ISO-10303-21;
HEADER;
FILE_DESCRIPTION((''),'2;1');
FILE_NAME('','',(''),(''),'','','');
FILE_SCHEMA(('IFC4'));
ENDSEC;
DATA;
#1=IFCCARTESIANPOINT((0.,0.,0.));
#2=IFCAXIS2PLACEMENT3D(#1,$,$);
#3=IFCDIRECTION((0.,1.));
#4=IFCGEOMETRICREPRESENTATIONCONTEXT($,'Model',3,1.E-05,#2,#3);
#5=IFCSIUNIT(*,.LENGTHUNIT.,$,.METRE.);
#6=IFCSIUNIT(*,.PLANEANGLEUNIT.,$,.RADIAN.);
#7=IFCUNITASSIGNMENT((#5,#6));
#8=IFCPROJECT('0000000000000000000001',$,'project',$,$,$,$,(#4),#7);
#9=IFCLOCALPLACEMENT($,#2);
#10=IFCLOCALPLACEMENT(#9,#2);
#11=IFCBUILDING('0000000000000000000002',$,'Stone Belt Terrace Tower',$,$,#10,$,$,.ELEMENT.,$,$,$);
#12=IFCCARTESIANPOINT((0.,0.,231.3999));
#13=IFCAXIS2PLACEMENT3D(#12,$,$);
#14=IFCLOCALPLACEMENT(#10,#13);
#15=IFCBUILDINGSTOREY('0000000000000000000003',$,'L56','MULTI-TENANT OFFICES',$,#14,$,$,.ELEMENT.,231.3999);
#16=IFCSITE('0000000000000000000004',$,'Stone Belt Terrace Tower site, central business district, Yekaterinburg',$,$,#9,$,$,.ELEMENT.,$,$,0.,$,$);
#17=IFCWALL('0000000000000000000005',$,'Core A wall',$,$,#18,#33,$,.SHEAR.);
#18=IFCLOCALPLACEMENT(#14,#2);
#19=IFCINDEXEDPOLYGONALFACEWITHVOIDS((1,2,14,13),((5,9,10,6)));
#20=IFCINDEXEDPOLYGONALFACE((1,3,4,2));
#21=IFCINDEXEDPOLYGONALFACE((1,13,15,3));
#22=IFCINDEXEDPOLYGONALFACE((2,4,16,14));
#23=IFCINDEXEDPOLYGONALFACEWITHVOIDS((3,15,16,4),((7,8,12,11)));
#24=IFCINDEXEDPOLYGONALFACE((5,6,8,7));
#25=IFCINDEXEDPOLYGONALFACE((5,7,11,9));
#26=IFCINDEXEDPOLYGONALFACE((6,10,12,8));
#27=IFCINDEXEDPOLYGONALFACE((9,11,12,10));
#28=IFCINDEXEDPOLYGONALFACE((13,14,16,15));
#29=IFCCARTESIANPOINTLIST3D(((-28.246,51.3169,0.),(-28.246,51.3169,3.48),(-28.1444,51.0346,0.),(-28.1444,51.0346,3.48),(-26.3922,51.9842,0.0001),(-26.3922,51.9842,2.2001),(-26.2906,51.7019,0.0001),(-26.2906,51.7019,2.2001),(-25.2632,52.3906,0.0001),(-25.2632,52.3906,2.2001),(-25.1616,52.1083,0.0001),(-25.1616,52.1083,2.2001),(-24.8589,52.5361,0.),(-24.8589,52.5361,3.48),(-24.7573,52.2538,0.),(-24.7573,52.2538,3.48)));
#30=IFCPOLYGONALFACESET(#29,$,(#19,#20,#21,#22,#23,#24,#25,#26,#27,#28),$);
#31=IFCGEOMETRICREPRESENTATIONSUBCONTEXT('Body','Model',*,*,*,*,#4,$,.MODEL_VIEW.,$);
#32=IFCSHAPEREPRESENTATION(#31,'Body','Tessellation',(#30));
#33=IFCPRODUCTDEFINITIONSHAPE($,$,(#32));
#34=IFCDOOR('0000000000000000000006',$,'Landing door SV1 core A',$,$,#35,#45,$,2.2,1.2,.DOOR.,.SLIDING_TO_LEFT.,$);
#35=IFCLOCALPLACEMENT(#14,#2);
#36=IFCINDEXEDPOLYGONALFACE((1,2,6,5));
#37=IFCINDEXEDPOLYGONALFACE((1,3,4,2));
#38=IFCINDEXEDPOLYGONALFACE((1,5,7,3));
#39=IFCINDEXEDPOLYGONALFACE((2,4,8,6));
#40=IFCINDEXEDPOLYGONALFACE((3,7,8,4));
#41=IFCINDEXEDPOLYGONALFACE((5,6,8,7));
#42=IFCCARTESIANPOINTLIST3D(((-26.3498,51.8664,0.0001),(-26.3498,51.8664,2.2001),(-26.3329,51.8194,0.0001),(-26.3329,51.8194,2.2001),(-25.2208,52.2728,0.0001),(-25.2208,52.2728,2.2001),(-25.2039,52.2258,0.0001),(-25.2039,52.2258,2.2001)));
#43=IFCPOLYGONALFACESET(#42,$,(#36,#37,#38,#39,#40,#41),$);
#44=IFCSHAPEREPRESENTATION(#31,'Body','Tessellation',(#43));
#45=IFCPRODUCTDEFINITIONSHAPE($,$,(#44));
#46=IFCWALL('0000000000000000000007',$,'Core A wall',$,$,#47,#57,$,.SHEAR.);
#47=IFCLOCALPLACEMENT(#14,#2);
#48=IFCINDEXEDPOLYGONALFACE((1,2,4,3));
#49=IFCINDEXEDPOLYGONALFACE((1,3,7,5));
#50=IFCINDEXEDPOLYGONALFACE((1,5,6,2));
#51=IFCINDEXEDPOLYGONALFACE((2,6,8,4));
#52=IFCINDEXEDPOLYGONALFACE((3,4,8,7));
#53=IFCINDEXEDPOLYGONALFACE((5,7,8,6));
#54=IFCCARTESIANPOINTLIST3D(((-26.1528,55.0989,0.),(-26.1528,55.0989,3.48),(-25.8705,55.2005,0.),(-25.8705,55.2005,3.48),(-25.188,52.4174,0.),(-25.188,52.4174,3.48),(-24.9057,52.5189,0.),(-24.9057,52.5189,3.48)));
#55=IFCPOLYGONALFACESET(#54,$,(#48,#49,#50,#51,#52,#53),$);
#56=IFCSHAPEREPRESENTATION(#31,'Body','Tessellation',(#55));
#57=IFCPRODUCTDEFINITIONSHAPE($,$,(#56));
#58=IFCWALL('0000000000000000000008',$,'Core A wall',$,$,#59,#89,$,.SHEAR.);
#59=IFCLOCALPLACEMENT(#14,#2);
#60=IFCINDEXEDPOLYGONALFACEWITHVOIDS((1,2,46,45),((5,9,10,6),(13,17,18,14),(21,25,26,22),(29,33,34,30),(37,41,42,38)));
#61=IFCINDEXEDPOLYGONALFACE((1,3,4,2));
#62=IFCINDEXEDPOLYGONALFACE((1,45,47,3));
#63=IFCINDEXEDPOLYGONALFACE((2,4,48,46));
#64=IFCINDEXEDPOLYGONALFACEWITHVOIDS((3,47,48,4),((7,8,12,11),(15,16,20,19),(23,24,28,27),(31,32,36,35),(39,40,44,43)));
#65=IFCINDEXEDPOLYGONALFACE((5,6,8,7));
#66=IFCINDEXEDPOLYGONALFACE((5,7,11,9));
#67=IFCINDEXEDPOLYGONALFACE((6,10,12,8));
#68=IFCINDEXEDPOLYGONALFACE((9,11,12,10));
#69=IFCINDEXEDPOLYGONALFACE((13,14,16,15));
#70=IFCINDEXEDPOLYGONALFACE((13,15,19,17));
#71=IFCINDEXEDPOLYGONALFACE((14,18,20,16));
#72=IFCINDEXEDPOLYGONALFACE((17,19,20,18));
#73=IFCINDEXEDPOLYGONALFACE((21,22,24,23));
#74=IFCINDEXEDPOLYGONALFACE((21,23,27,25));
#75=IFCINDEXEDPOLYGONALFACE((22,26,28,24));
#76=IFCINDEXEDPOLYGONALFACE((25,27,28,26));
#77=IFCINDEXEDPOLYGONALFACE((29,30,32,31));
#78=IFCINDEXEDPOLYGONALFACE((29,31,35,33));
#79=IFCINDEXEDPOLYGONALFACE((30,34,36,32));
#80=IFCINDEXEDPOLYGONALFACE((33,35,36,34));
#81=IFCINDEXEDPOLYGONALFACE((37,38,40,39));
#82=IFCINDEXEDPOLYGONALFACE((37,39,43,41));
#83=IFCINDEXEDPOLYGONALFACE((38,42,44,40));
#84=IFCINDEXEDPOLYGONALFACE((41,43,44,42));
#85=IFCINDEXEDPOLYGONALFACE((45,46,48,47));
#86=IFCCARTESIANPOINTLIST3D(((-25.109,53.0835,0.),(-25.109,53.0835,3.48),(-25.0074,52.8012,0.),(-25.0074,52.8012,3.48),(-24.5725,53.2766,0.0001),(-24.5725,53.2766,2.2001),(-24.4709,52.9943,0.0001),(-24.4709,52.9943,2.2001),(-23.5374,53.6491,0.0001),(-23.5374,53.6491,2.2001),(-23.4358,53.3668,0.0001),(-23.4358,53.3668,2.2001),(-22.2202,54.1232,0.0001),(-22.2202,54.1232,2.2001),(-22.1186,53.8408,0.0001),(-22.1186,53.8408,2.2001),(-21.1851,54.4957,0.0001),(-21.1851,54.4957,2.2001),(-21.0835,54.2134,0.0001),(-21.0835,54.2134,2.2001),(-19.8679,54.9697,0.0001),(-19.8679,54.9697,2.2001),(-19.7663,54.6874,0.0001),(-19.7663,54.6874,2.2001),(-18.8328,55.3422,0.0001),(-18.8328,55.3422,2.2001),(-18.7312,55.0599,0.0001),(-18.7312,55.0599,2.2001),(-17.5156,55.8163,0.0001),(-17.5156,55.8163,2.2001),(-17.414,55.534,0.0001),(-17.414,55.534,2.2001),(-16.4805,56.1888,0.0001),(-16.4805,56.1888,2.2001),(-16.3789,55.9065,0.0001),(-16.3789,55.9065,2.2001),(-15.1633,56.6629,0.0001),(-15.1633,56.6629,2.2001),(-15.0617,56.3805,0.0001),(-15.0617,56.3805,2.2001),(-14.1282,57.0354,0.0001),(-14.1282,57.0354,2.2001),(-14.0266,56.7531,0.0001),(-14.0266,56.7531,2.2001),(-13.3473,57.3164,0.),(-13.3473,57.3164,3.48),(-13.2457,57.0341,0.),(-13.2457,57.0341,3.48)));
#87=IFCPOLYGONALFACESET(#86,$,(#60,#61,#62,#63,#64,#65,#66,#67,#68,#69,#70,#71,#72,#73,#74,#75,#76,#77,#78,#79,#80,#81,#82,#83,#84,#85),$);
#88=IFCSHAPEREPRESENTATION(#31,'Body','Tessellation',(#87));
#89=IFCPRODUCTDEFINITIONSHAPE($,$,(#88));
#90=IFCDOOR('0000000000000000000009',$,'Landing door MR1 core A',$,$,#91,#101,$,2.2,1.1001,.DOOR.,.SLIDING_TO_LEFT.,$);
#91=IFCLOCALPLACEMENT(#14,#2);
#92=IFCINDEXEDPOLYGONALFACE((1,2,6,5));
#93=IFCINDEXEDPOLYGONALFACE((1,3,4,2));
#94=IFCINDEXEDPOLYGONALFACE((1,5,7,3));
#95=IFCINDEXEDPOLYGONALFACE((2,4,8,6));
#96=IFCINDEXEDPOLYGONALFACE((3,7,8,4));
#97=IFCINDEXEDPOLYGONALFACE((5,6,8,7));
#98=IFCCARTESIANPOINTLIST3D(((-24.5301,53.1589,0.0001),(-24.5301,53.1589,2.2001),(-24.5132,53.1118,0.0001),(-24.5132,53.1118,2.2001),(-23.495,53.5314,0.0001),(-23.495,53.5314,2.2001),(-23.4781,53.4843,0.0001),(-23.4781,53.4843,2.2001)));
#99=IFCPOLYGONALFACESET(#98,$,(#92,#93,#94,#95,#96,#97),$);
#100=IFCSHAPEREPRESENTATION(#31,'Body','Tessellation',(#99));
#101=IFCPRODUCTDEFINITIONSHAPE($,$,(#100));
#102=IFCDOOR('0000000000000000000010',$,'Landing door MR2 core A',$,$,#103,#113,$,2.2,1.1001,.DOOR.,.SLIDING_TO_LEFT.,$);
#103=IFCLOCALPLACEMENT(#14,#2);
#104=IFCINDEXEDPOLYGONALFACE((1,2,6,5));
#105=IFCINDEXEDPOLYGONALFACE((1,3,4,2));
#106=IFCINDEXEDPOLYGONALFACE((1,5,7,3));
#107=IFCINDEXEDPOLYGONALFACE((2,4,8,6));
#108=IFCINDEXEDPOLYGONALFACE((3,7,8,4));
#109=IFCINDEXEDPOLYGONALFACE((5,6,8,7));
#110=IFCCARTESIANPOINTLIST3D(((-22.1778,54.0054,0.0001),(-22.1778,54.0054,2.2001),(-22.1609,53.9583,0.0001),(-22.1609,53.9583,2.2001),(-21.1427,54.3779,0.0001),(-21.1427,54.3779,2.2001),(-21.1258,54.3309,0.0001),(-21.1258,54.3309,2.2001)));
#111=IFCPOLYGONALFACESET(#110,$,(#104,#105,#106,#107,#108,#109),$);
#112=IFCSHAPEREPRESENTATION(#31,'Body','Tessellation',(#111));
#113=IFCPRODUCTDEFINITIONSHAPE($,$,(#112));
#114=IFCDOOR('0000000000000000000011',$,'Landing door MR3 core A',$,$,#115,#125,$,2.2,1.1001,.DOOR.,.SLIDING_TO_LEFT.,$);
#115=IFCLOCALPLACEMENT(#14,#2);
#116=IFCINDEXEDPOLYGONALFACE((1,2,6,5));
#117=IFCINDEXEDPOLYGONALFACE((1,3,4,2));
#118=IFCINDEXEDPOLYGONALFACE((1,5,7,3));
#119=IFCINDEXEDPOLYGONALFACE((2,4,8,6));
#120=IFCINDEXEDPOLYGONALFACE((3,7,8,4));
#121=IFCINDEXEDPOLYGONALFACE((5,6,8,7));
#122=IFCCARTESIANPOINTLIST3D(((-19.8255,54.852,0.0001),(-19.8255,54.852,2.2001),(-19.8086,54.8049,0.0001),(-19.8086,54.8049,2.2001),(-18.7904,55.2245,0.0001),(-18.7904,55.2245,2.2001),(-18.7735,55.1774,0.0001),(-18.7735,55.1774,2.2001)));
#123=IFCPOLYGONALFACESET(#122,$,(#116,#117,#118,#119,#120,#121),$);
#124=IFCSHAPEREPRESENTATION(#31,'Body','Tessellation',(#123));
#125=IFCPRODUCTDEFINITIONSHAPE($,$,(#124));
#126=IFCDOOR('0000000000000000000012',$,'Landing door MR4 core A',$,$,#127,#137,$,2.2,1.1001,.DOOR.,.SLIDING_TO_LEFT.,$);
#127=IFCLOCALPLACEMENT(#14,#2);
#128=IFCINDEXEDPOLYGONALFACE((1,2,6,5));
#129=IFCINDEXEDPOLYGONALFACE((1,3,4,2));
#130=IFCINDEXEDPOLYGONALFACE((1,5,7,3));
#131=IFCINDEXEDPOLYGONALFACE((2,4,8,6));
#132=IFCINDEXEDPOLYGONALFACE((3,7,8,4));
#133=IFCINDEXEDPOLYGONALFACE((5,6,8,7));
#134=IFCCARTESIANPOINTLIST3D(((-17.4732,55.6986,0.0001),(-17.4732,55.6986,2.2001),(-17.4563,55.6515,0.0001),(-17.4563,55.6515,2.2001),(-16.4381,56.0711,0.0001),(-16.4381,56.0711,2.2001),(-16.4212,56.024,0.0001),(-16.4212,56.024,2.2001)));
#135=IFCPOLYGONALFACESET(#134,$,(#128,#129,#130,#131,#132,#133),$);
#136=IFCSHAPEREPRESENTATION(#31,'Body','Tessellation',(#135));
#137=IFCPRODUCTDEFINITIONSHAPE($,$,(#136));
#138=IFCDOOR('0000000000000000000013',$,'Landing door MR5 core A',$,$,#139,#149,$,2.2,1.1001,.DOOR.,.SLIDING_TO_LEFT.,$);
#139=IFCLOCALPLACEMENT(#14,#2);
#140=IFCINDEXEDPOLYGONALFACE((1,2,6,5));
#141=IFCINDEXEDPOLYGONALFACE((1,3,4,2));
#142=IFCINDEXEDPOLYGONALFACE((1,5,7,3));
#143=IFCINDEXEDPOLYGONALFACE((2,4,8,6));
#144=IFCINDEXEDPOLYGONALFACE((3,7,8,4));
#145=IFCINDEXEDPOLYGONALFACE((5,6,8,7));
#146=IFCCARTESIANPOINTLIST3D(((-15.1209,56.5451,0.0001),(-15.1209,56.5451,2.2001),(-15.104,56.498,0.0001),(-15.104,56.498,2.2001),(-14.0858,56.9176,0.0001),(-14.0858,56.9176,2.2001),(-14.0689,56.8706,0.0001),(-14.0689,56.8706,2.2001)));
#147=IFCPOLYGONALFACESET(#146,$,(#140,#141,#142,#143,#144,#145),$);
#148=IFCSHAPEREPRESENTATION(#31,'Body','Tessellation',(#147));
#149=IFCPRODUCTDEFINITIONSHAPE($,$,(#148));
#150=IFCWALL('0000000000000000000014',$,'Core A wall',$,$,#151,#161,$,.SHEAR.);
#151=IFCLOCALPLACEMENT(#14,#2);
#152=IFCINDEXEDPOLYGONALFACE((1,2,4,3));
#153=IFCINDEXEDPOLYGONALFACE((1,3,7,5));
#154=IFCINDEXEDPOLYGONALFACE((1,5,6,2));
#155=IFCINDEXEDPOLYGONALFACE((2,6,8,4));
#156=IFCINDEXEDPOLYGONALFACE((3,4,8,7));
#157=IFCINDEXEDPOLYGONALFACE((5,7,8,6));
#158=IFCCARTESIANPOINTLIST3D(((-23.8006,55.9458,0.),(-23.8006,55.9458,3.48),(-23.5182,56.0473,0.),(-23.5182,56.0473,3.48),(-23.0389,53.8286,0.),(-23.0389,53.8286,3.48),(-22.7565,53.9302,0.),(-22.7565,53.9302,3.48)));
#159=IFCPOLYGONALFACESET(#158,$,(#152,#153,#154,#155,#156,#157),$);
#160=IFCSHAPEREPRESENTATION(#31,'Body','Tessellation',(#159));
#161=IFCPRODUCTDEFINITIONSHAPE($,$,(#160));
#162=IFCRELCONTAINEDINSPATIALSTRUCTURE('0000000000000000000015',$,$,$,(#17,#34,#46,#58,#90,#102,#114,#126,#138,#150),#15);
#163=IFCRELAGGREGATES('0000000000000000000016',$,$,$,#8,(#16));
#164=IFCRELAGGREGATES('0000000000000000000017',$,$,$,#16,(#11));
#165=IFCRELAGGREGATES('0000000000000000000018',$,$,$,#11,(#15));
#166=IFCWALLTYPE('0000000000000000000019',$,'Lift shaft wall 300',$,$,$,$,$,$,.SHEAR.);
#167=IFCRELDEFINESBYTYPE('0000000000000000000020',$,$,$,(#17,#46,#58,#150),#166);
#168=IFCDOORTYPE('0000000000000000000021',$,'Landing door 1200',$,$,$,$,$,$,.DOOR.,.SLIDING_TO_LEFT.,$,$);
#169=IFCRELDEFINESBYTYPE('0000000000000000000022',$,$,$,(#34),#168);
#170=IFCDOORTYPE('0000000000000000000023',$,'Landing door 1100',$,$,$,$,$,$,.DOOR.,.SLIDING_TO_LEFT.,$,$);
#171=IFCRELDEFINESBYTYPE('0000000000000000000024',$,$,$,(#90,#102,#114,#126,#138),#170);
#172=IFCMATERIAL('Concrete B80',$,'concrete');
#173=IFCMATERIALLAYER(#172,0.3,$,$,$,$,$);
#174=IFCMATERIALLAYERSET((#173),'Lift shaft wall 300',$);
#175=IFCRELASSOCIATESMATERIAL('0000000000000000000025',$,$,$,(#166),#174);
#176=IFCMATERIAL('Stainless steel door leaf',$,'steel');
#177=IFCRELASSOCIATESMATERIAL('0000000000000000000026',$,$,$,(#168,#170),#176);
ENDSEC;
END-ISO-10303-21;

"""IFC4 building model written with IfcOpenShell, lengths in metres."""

from ifc_helpers import new_model, si_unit, direction, frame, frame_2d, origin, place, context, subcontext, project, spatial, rectangle, extrude, material, layer, layer_set, type_object, element, fill, save


model = new_model("IFC4")

# Units and contexts
model_context = context("Model", 3, precision=1e-05, world=origin(), true_north=direction((0.0, 1.0)))
body_context = subcontext(model_context, "Body", "Model", "MODEL_VIEW")
ifc_project = project(units=[si_unit("LENGTHUNIT", "METRE"), si_unit("PLANEANGLEUNIT", "RADIAN")], contexts=[model_context])

# Site, building, storey
site_placement = place(None, origin())
site = spatial("IfcSite", under=ifc_project, at=site_placement, Name="Stone Belt Terrace Tower site, central business district, Yekaterinburg", CompositionType="ELEMENT", RefElevation=0.0)
building_placement = place(site_placement, origin())
building = spatial("IfcBuilding", under=site, at=building_placement, Name="Stone Belt Terrace Tower", CompositionType="ELEMENT")
storey_placement = place(building_placement, frame((0.0, 0.0, 231.3999)))
storey = spatial("IfcBuildingStorey", under=building, at=storey_placement, Name="L56", Description="MULTI-TENANT OFFICES", CompositionType="ELEMENT", Elevation=231.3999)

# Shared definitions
ifc_material_1 = material(Name="Concrete B80", Category="concrete")

# Wall, opening, door
ifc_layer_1 = layer(ifc_material_1, 0.3)
ifc_layer_set_1 = layer_set([ifc_layer_1], Name="Lift shaft wall 300")
wall_type_1 = type_object("IfcWallType", Name="Lift shaft wall 300", PredefinedType="SHEAR", material=ifc_layer_set_1)
wall_1_placement = place(storey_placement, frame((-28.1951, 51.1758, 0.0), z_axis=(0.0, 0.0, 1.0), x_axis=(0.940901, 0.338681, 0.0)))
wall_1 = element("IfcWall", 1, at=wall_1_placement, inside=storey, type_object=wall_type_1, Name="Core A wall", PredefinedType="SHEAR", context=body_context, shape_type="SweptSolid", body=[
    extrude(rectangle(XDim=3.5999, YDim=0.3, at=frame_2d((1.7998, 0.0))), origin(), (0.0, 0.0, 1.0), 3.48),
])
opening_1_placement = place(wall_1_placement, frame((1.97, 0.0, 0.0)))
opening_1 = element("IfcOpeningElement", 2, at=opening_1_placement, cuts=wall_1, PredefinedType="OPENING", context=body_context, shape_type="SweptSolid", body=[
    extrude(rectangle(XDim=1.2, YDim=2.2, at=frame_2d((0.6001, 1.1001))), frame((0.0, 0.1599, 0.0), z_axis=(0.0, -1.0, 0.0), x_axis=(1.0, 0.0, 0.0)), (0.0, 0.0, 1.0), 0.3201),
])
ifc_material_2 = material(Name="Stainless steel door leaf", Category="steel")
door_type_1 = type_object("IfcDoorType", Name="Landing door 1200", OperationType="SLIDING_TO_LEFT", PredefinedType="DOOR", material=ifc_material_2)
door_1_placement = place(opening_1_placement, origin())
door_1 = element("IfcDoor", 3, at=door_1_placement, inside=storey, type_object=door_type_1, Name="Landing door SV1 core A", OperationType="SLIDING_TO_LEFT", OverallHeight=2.2, OverallWidth=1.2, PredefinedType="DOOR", context=body_context, shape_type="SweptSolid", body=[
    extrude(rectangle(XDim=1.2, YDim=2.2, at=frame_2d((0.6001, 1.1001))), frame((0.0, 0.0249, 0.0), z_axis=(0.0, -1.0, 0.0), x_axis=(1.0, 0.0, 0.0)), (0.0, 0.0, 1.0), 0.05),
])
fill(opening_1, door_1)

# Wall
wall_2_placement = place(storey_placement, frame((-25.0469, 52.4683, 0.0), z_axis=(0.0, 0.0, 1.0), x_axis=(-0.33855, 0.940949, 0.0)))
element("IfcWall", 4, at=wall_2_placement, inside=storey, type_object=wall_type_1, Name="Core A wall", PredefinedType="SHEAR", context=body_context, shape_type="SweptSolid", body=[
    extrude(rectangle(XDim=2.8499, YDim=0.3, at=frame_2d((1.4248, 0.0))), origin(), (0.0, 0.0, 1.0), 3.48),
])

# Wall, openings, doors
wall_3_placement = place(storey_placement, frame((-25.0581, 52.9424, 0.0), z_axis=(0.0, 0.0, 1.0), x_axis=(0.940921, 0.338627, 0.0)))
wall_3 = element("IfcWall", 5, at=wall_3_placement, inside=storey, type_object=wall_type_1, Name="Core A wall", PredefinedType="SHEAR", context=body_context, shape_type="SweptSolid", body=[
    extrude(rectangle(XDim=12.5002, YDim=0.3, at=frame_2d((6.25, 0.0))), origin(), (0.0, 0.0, 1.0), 3.48),
])
opening_2_placement = place(wall_3_placement, frame((0.5701, 0.0, 0.0)))
opening_2 = element("IfcOpeningElement", 6, at=opening_2_placement, cuts=wall_3, PredefinedType="OPENING", context=body_context, shape_type="SweptSolid", body=[
    extrude(rectangle(XDim=1.1001, YDim=2.2, at=frame_2d((0.55, 1.1001))), frame((0.0, 0.1599, 0.0), z_axis=(0.0, -1.0, 0.0), x_axis=(1.0, 0.0, 0.0)), (0.0, 0.0, 1.0), 0.3201),
])
opening_3_placement = place(wall_3_placement, frame((3.0701, 0.0, 0.0)))
opening_3 = element("IfcOpeningElement", 7, at=opening_3_placement, cuts=wall_3, PredefinedType="OPENING", context=body_context, shape_type="SweptSolid", body=[
    extrude(rectangle(XDim=1.1001, YDim=2.2, at=frame_2d((0.55, 1.1001))), frame((0.0, 0.1599, 0.0), z_axis=(0.0, -1.0, 0.0), x_axis=(1.0, 0.0, 0.0)), (0.0, 0.0, 1.0), 0.3201),
])
opening_4_placement = place(wall_3_placement, frame((5.5701, 0.0, 0.0)))
opening_4 = element("IfcOpeningElement", 8, at=opening_4_placement, cuts=wall_3, PredefinedType="OPENING", context=body_context, shape_type="SweptSolid", body=[
    extrude(rectangle(XDim=1.1001, YDim=2.2, at=frame_2d((0.55, 1.1001))), frame((0.0, 0.1599, 0.0), z_axis=(0.0, -1.0, 0.0), x_axis=(1.0, 0.0, 0.0)), (0.0, 0.0, 1.0), 0.3201),
])
opening_5_placement = place(wall_3_placement, frame((8.0701, 0.0, 0.0)))
opening_5 = element("IfcOpeningElement", 9, at=opening_5_placement, cuts=wall_3, PredefinedType="OPENING", context=body_context, shape_type="SweptSolid", body=[
    extrude(rectangle(XDim=1.1001, YDim=2.2, at=frame_2d((0.55, 1.1001))), frame((0.0, 0.1599, 0.0), z_axis=(0.0, -1.0, 0.0), x_axis=(1.0, 0.0, 0.0)), (0.0, 0.0, 1.0), 0.3201),
])
opening_6_placement = place(wall_3_placement, frame((10.5701, 0.0, 0.0)))
opening_6 = element("IfcOpeningElement", 10, at=opening_6_placement, cuts=wall_3, PredefinedType="OPENING", context=body_context, shape_type="SweptSolid", body=[
    extrude(rectangle(XDim=1.1001, YDim=2.2, at=frame_2d((0.55, 1.1001))), frame((0.0, 0.1599, 0.0), z_axis=(0.0, -1.0, 0.0), x_axis=(1.0, 0.0, 0.0)), (0.0, 0.0, 1.0), 0.3201),
])
door_type_2 = type_object("IfcDoorType", Name="Landing door 1100", OperationType="SLIDING_TO_LEFT", PredefinedType="DOOR", material=ifc_material_2)
door_2_placement = place(opening_2_placement, origin())
door_2 = element("IfcDoor", 11, at=door_2_placement, inside=storey, type_object=door_type_2, Name="Landing door MR1 core A", OperationType="SLIDING_TO_LEFT", OverallHeight=2.2, OverallWidth=1.1001, PredefinedType="DOOR", context=body_context, shape_type="SweptSolid", body=[
    extrude(rectangle(XDim=1.1001, YDim=2.2, at=frame_2d((0.55, 1.1001))), frame((0.0, 0.0249, 0.0), z_axis=(0.0, -1.0, 0.0), x_axis=(1.0, 0.0, 0.0)), (0.0, 0.0, 1.0), 0.05),
])
fill(opening_2, door_2)
door_3_placement = place(opening_3_placement, origin())
door_3 = element("IfcDoor", 12, at=door_3_placement, inside=storey, type_object=door_type_2, Name="Landing door MR2 core A", OperationType="SLIDING_TO_LEFT", OverallHeight=2.2, OverallWidth=1.1001, PredefinedType="DOOR", context=body_context, shape_type="SweptSolid", body=[
    extrude(rectangle(XDim=1.1001, YDim=2.2, at=frame_2d((0.55, 1.1001))), frame((0.0, 0.0249, 0.0), z_axis=(0.0, -1.0, 0.0), x_axis=(1.0, 0.0, 0.0)), (0.0, 0.0, 1.0), 0.05),
])
fill(opening_3, door_3)
door_4_placement = place(opening_4_placement, origin())
door_4 = element("IfcDoor", 13, at=door_4_placement, inside=storey, type_object=door_type_2, Name="Landing door MR3 core A", OperationType="SLIDING_TO_LEFT", OverallHeight=2.2, OverallWidth=1.1001, PredefinedType="DOOR", context=body_context, shape_type="SweptSolid", body=[
    extrude(rectangle(XDim=1.1001, YDim=2.2, at=frame_2d((0.55, 1.1001))), frame((0.0, 0.0249, 0.0), z_axis=(0.0, -1.0, 0.0), x_axis=(1.0, 0.0, 0.0)), (0.0, 0.0, 1.0), 0.05),
])
fill(opening_4, door_4)
door_5_placement = place(opening_5_placement, origin())
door_5 = element("IfcDoor", 14, at=door_5_placement, inside=storey, type_object=door_type_2, Name="Landing door MR4 core A", OperationType="SLIDING_TO_LEFT", OverallHeight=2.2, OverallWidth=1.1001, PredefinedType="DOOR", context=body_context, shape_type="SweptSolid", body=[
    extrude(rectangle(XDim=1.1001, YDim=2.2, at=frame_2d((0.55, 1.1001))), frame((0.0, 0.0249, 0.0), z_axis=(0.0, -1.0, 0.0), x_axis=(1.0, 0.0, 0.0)), (0.0, 0.0, 1.0), 0.05),
])
fill(opening_5, door_5)
door_6_placement = place(opening_6_placement, origin())
door_6 = element("IfcDoor", 15, at=door_6_placement, inside=storey, type_object=door_type_2, Name="Landing door MR5 core A", OperationType="SLIDING_TO_LEFT", OverallHeight=2.2, OverallWidth=1.1001, PredefinedType="DOOR", context=body_context, shape_type="SweptSolid", body=[
    extrude(rectangle(XDim=1.1001, YDim=2.2, at=frame_2d((0.55, 1.1001))), frame((0.0, 0.0249, 0.0), z_axis=(0.0, -1.0, 0.0), x_axis=(1.0, 0.0, 0.0)), (0.0, 0.0, 1.0), 0.05),
])
fill(opening_6, door_6)

# Wall
wall_4_placement = place(storey_placement, frame((-22.8977, 53.8794, 0.0), z_axis=(0.0, 0.0, 1.0), x_axis=(-0.338535, 0.940954, 0.0)))
element("IfcWall", 16, at=wall_4_placement, inside=storey, type_object=wall_type_1, Name="Core A wall", PredefinedType="SHEAR", context=body_context, shape_type="SweptSolid", body=[
    extrude(rectangle(XDim=2.25, YDim=0.3, at=frame_2d((1.125, 0.0))), origin(), (0.0, 0.0, 1.0), 3.48),
])

save(model, "model.ifc")
